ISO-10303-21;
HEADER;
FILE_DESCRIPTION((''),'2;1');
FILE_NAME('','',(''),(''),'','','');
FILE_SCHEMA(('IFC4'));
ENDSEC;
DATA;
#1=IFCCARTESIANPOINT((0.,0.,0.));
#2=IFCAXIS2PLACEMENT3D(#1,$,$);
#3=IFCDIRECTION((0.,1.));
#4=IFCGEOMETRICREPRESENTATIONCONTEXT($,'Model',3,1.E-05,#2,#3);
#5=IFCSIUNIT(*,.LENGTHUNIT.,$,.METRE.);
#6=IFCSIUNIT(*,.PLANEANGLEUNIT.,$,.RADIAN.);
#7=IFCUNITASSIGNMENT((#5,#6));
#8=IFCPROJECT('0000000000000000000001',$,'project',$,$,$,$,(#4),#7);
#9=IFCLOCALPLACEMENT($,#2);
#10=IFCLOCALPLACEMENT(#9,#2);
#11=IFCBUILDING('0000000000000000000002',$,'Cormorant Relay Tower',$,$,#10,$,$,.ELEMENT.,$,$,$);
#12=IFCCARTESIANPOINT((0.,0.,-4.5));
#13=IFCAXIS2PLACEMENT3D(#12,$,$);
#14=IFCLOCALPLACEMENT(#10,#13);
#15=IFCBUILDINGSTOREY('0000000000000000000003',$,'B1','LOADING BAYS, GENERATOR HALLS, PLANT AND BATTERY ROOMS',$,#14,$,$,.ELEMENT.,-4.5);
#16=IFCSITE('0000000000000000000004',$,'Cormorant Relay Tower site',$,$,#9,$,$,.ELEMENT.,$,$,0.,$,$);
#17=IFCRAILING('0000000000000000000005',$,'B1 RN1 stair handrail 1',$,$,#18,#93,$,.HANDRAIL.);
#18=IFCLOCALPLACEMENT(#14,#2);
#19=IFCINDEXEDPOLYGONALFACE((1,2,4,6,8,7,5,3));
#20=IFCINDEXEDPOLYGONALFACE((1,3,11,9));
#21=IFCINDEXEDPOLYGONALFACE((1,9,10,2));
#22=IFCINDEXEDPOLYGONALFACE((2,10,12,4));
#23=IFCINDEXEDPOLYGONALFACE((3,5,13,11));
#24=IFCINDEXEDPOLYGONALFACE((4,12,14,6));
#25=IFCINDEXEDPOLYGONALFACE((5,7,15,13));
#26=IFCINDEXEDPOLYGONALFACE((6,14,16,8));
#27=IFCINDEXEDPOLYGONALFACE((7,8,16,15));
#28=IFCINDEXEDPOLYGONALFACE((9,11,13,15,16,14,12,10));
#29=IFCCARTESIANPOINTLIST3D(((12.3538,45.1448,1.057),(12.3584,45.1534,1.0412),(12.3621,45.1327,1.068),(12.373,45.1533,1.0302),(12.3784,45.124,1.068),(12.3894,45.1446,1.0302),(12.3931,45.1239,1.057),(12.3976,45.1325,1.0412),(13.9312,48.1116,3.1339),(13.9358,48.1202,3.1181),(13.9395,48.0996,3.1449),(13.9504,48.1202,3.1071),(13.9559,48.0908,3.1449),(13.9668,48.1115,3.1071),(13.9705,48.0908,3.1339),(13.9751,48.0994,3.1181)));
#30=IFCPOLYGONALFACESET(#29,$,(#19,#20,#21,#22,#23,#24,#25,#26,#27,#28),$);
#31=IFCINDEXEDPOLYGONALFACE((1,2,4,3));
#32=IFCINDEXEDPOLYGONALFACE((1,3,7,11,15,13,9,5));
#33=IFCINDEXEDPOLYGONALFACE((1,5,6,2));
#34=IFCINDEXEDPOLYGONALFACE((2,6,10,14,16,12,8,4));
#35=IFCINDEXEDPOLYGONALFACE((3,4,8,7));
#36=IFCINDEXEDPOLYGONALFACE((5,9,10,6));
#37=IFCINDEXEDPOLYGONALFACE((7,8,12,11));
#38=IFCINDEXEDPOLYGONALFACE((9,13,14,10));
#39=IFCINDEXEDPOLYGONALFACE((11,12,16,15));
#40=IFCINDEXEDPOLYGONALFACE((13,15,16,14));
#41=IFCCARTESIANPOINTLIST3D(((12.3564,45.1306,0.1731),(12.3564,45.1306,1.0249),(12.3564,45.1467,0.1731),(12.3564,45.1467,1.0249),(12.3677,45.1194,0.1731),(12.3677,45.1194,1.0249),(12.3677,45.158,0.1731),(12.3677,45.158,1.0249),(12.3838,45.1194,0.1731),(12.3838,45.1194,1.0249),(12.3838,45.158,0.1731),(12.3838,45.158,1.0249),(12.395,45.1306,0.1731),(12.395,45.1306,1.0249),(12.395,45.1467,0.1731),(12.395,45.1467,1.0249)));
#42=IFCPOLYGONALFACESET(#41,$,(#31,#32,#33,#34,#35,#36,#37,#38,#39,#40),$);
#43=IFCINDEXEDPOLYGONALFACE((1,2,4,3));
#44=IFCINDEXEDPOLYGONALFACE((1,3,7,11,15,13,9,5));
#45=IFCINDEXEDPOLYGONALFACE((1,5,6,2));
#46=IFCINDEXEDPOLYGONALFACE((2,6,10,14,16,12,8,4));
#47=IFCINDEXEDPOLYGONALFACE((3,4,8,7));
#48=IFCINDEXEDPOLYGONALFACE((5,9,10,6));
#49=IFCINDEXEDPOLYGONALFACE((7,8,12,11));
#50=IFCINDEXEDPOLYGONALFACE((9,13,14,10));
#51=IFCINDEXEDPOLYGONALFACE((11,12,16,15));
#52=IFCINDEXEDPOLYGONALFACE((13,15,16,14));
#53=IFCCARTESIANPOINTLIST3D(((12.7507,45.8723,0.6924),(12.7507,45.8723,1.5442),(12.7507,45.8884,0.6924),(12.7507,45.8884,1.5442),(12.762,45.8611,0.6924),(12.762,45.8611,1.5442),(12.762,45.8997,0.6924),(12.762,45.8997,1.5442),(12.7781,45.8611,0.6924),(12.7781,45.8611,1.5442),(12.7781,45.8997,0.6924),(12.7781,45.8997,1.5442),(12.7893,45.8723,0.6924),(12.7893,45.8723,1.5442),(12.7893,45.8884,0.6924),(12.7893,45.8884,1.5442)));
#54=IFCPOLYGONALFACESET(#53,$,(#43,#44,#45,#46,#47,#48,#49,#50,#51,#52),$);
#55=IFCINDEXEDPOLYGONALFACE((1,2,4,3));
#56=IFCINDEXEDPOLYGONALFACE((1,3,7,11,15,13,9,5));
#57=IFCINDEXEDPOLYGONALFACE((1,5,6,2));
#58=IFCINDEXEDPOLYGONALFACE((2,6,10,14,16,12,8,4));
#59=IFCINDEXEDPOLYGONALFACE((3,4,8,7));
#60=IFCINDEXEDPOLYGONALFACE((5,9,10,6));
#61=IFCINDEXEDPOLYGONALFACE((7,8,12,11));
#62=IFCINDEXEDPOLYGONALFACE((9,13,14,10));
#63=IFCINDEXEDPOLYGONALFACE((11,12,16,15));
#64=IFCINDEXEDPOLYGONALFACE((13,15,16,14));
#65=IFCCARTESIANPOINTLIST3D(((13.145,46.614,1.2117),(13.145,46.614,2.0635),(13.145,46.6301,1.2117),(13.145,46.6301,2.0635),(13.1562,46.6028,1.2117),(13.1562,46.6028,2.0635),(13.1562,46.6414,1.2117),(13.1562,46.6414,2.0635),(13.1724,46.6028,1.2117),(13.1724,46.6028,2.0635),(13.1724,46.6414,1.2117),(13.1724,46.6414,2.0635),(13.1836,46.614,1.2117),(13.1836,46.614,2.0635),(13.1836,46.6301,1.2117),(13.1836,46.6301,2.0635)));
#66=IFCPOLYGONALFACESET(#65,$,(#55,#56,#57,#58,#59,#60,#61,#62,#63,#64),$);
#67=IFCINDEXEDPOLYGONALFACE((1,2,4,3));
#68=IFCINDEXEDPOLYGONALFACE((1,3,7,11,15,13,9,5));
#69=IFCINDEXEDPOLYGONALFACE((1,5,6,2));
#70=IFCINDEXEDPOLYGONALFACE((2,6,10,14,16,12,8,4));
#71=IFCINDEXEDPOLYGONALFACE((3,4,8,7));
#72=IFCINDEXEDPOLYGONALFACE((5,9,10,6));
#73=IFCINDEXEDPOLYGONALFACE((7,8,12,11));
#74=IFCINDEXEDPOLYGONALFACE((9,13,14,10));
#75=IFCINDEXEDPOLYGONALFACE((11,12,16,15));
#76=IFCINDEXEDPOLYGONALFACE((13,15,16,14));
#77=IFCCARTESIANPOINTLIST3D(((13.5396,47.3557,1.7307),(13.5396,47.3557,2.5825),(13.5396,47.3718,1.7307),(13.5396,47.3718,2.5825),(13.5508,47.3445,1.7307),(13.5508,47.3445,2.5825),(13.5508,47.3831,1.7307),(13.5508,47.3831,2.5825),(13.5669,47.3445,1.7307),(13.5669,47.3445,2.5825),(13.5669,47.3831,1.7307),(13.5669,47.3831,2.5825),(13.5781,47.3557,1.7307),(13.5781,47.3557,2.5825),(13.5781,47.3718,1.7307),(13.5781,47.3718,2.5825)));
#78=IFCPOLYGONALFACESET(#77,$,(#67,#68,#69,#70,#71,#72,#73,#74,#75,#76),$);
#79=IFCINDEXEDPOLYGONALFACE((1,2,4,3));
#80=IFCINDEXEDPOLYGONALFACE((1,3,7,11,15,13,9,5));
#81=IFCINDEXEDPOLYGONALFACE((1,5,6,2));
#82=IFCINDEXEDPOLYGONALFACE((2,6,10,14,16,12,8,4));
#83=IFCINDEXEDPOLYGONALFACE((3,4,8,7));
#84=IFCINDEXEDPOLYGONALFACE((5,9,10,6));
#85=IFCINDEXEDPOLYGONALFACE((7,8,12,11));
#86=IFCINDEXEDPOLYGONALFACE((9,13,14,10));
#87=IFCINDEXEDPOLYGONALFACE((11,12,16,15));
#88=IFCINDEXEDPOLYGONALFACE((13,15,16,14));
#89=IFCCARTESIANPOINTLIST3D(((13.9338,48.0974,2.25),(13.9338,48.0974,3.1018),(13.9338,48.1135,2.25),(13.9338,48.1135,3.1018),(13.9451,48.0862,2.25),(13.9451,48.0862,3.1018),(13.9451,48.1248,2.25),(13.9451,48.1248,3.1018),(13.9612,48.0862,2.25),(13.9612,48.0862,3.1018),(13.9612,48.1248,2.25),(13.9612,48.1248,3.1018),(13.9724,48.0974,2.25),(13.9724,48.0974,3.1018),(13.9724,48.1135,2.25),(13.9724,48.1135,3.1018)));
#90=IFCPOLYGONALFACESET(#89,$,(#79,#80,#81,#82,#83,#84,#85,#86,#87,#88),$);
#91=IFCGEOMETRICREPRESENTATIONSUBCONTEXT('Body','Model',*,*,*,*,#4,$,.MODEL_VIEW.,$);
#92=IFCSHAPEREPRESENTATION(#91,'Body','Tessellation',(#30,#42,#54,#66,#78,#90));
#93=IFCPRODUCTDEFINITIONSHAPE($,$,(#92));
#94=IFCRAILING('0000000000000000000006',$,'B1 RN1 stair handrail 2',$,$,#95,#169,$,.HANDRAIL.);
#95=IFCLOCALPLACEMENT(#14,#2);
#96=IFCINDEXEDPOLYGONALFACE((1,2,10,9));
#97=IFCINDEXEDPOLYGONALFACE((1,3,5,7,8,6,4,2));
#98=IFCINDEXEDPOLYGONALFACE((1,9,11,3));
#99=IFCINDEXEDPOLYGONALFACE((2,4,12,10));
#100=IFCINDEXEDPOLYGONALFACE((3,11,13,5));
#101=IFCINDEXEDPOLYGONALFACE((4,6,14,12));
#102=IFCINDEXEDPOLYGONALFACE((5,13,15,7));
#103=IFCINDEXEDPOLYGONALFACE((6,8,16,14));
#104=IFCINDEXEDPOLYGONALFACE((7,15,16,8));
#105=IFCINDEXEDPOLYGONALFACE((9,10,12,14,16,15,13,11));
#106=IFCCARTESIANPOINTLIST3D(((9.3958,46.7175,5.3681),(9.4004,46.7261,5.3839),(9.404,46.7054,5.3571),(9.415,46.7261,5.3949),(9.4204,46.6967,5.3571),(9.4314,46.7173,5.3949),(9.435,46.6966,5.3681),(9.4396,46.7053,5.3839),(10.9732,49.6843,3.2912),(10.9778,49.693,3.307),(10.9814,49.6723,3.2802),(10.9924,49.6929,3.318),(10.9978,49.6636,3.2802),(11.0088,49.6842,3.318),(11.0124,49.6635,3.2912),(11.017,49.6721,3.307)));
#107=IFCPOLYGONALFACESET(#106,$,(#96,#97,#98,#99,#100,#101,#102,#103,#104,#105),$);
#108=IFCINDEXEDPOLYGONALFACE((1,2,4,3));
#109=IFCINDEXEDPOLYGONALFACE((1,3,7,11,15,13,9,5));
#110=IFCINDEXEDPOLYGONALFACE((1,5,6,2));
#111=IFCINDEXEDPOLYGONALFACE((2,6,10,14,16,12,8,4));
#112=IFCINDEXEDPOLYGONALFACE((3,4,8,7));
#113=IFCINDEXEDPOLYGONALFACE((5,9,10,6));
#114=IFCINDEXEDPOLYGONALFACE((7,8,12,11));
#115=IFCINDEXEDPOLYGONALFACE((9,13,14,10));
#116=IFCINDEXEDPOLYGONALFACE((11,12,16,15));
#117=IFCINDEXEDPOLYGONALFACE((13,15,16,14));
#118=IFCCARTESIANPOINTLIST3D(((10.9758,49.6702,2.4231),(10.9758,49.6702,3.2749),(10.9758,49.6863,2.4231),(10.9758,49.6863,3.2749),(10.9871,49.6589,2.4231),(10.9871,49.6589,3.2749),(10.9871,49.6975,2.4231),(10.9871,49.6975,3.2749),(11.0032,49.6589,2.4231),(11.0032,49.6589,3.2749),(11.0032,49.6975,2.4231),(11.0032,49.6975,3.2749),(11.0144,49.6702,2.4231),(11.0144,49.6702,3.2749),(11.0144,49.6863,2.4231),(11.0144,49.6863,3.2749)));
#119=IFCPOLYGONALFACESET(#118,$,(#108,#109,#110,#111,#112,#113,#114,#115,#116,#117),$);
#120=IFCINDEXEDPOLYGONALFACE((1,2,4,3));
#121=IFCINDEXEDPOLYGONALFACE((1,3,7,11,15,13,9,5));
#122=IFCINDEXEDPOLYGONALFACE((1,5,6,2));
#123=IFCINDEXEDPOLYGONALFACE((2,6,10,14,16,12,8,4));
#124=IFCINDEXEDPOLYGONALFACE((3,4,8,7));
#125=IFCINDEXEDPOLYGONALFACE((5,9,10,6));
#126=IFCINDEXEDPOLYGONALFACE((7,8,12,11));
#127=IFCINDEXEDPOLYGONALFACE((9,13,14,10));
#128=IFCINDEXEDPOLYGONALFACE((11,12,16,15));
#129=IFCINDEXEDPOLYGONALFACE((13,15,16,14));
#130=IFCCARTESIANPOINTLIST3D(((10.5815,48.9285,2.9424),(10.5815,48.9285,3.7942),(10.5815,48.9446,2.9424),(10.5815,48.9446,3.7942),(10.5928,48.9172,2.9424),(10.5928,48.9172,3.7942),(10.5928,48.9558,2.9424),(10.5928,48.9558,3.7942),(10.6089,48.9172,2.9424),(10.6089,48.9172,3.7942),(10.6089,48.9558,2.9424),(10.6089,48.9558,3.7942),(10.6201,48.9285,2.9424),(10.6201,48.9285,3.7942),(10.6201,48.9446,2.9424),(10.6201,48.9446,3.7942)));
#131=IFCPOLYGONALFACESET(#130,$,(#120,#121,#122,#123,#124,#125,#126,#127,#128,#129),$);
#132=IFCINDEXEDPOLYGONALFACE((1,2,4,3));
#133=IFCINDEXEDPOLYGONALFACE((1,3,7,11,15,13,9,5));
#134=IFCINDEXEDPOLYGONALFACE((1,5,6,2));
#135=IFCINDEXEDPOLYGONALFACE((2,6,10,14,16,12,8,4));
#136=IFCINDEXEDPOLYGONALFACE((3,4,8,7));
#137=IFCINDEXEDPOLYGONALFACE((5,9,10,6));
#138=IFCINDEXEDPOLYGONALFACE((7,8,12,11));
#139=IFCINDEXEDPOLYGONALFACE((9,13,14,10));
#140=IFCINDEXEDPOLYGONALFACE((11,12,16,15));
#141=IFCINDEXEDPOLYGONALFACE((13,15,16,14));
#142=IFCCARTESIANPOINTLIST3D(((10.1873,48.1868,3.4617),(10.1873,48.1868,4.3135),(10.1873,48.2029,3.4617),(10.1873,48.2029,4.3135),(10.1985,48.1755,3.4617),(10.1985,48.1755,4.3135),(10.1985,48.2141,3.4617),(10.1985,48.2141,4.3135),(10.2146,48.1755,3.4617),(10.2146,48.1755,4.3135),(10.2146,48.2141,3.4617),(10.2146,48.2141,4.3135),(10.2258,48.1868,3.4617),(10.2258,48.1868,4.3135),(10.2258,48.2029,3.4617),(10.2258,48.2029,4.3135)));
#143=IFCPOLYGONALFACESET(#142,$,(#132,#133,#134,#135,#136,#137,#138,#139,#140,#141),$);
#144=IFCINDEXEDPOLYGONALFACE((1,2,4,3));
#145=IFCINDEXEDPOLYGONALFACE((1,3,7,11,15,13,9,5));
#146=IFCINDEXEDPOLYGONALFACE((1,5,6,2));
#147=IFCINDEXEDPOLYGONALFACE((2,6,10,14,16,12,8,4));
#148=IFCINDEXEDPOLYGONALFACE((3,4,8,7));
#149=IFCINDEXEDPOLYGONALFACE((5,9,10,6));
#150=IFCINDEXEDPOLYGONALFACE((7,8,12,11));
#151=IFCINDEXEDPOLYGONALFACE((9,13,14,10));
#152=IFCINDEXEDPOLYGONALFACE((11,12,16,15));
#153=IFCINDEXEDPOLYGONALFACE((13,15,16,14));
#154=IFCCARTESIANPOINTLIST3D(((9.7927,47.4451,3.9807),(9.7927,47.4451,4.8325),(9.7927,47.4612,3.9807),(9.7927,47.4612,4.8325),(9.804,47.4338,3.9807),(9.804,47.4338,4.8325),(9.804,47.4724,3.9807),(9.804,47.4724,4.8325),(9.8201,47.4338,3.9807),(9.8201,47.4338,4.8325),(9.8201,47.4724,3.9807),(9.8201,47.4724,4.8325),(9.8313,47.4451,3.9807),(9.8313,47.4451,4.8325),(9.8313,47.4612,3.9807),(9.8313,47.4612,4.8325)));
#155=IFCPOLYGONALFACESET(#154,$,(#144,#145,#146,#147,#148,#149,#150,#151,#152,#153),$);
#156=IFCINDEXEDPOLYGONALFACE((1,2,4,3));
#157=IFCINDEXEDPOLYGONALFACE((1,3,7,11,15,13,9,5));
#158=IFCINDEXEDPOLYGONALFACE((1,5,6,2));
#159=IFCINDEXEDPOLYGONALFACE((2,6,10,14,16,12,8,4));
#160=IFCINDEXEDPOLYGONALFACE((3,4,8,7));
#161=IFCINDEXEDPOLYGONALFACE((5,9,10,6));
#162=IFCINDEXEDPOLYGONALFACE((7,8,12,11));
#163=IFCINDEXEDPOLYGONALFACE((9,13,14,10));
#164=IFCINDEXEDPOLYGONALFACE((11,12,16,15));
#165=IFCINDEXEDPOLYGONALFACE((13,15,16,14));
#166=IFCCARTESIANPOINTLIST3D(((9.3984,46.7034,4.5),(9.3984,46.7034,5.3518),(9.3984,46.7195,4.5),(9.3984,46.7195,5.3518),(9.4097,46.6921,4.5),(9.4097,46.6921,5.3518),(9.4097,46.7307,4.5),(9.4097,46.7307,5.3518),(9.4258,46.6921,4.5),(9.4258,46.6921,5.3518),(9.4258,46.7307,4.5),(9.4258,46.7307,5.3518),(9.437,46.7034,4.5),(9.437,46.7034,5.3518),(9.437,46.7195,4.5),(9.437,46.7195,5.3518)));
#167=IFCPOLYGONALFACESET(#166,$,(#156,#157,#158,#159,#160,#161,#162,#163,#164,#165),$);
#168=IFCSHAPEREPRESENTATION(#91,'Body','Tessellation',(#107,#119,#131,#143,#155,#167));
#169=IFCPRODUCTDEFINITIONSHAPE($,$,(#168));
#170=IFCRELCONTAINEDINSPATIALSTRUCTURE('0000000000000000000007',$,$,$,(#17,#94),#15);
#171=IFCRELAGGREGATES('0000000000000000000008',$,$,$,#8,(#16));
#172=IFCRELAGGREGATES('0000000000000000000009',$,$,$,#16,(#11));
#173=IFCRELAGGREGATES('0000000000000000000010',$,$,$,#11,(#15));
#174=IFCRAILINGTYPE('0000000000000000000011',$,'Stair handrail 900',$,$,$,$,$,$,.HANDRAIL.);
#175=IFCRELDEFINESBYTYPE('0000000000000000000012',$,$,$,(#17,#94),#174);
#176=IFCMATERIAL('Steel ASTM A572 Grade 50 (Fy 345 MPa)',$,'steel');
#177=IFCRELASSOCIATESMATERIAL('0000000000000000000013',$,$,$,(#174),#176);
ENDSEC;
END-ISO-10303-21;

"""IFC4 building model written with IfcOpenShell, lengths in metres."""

from ifc_helpers import new_model, si_unit, direction, frame, origin, place, context, subcontext, project, spatial, polyline, outline, extrude, material, type_object, element, save


model = new_model("IFC4")

# Units and contexts
model_context = context("Model", 3, precision=1e-05, world=origin(), true_north=direction((0.0, 1.0)))
body_context = subcontext(model_context, "Body", "Model", "MODEL_VIEW")
ifc_project = project(units=[si_unit("LENGTHUNIT", "METRE"), si_unit("PLANEANGLEUNIT", "RADIAN")], contexts=[model_context])

# Site, building, storey
site_placement = place(None, origin())
site = spatial("IfcSite", under=ifc_project, at=site_placement, Name="Cormorant Relay Tower site", CompositionType="ELEMENT", RefElevation=0.0)
building_placement = place(site_placement, origin())
building = spatial("IfcBuilding", under=site, at=building_placement, Name="Cormorant Relay Tower", CompositionType="ELEMENT")
storey_placement = place(building_placement, frame((0.0, 0.0, -4.5)))
storey = spatial("IfcBuildingStorey", under=building, at=storey_placement, Name="B1", Description="LOADING BAYS, GENERATOR HALLS, PLANT AND BATTERY ROOMS", CompositionType="ELEMENT", Elevation=-4.5)

# Railings
ifc_material_1 = material(Name="Steel ASTM A572 Grade 50 (Fy 345 MPa)", Category="steel")
railing_type_1 = type_object("IfcRailingType", Name="Stair handrail 900", PredefinedType="HANDRAIL", material=ifc_material_1)
railing_1_placement = place(storey_placement, frame((12.3757, 45.1387, 0.1731)))
element("IfcRailing", 1, at=railing_1_placement, inside=storey, type_object=railing_type_1, Name="B1 RN1 stair handrail 1", PredefinedType="HANDRAIL", context=body_context, shape_type="SweptSolid", body=[
    extrude(outline(polyline([(0.0222, 0.0093), (0.0093, 0.0222), (-0.0093, 0.0222), (-0.0222, 0.0093), (-0.0222, -0.0093), (-0.0093, -0.0222), (0.0093, -0.0222), (0.0222, -0.0093), (0.0222, 0.0093)])), frame((0.0, 0.0, 0.876), z_axis=(0.399326, 0.751062, 0.52578), x_axis=(-0.882958, 0.469453, 0.0)), (0.0, 0.0, 1.0), 3.9502),
    extrude(outline(polyline([(0.0193, 0.0081), (0.0081, 0.0193), (-0.0081, 0.0193), (-0.0193, 0.0081), (-0.0193, -0.0081), (-0.0081, -0.0193), (0.0081, -0.0193), (0.0193, -0.0081), (0.0193, 0.0081)])), origin(), (0.0, 0.0, 1.0), 0.8518),
    extrude(outline(polyline([(0.0193, 0.0081), (0.0081, 0.0193), (-0.0081, 0.0193), (-0.0193, 0.0081), (-0.0193, -0.0081), (-0.0081, -0.0193), (0.0081, -0.0193), (0.0193, -0.0081), (0.0193, 0.0081)])), frame((0.3943, 0.7417, 0.5193)), (0.0, 0.0, 1.0), 0.8518),
    extrude(outline(polyline([(0.0193, 0.0081), (0.0081, 0.0193), (-0.0081, 0.0193), (-0.0193, 0.0081), (-0.0193, -0.0081), (-0.0081, -0.0193), (0.0081, -0.0193), (0.0193, -0.0081), (0.0193, 0.0081)])), frame((0.7886, 1.4834, 1.0386)), (0.0, 0.0, 1.0), 0.8518),
    extrude(outline(polyline([(0.0193, 0.0081), (0.0081, 0.0193), (-0.0081, 0.0193), (-0.0193, 0.0081), (-0.0193, -0.0081), (-0.0081, -0.0193), (0.0081, -0.0193), (0.0193, -0.0081), (0.0193, 0.0081)])), frame((1.1831, 2.2251, 1.5576)), (0.0, 0.0, 1.0), 0.8518),
    extrude(outline(polyline([(0.0193, 0.0081), (0.0081, 0.0193), (-0.0081, 0.0193), (-0.0193, 0.0081), (-0.0193, -0.0081), (-0.0081, -0.0193), (0.0081, -0.0193), (0.0193, -0.0081), (0.0193, 0.0081)])), frame((1.5774, 2.9668, 2.0769)), (0.0, 0.0, 1.0), 0.8518),
])
railing_2_placement = place(storey_placement, frame((10.9951, 49.6782, 2.4231)))
element("IfcRailing", 2, at=railing_2_placement, inside=storey, type_object=railing_type_1, Name="B1 RN1 stair handrail 2", PredefinedType="HANDRAIL", context=body_context, shape_type="SweptSolid", body=[
    extrude(outline(polyline([(0.0222, 0.0093), (0.0093, 0.0222), (-0.0093, 0.0222), (-0.0222, 0.0093), (-0.0222, -0.0093), (-0.0093, -0.0222), (0.0093, -0.0222), (0.0222, -0.0093), (0.0222, 0.0093)])), frame((0.0, 0.0, 0.876), z_axis=(-0.399326, -0.751062, 0.52578), x_axis=(0.882958, -0.469453, 0.0)), (0.0, 0.0, 1.0), 3.9502),
    extrude(outline(polyline([(0.0193, 0.0081), (0.0081, 0.0193), (-0.0081, 0.0193), (-0.0193, 0.0081), (-0.0193, -0.0081), (-0.0081, -0.0193), (0.0081, -0.0193), (0.0193, -0.0081), (0.0193, 0.0081)])), origin(), (0.0, 0.0, 1.0), 0.8518),
    extrude(outline(polyline([(0.0193, 0.0081), (0.0081, 0.0193), (-0.0081, 0.0193), (-0.0193, 0.0081), (-0.0193, -0.0081), (-0.0081, -0.0193), (0.0081, -0.0193), (0.0193, -0.0081), (0.0193, 0.0081)])), frame((-0.3943, -0.7417, 0.5193)), (0.0, 0.0, 1.0), 0.8518),
    extrude(outline(polyline([(0.0193, 0.0081), (0.0081, 0.0193), (-0.0081, 0.0193), (-0.0193, 0.0081), (-0.0193, -0.0081), (-0.0081, -0.0193), (0.0081, -0.0193), (0.0193, -0.0081), (0.0193, 0.0081)])), frame((-0.7886, -1.4834, 1.0386)), (0.0, 0.0, 1.0), 0.8518),
    extrude(outline(polyline([(0.0193, 0.0081), (0.0081, 0.0193), (-0.0081, 0.0193), (-0.0193, 0.0081), (-0.0193, -0.0081), (-0.0081, -0.0193), (0.0081, -0.0193), (0.0193, -0.0081), (0.0193, 0.0081)])), frame((-1.1831, -2.2251, 1.5576)), (0.0, 0.0, 1.0), 0.8518),
    extrude(outline(polyline([(0.0193, 0.0081), (0.0081, 0.0193), (-0.0081, 0.0193), (-0.0193, 0.0081), (-0.0193, -0.0081), (-0.0081, -0.0193), (0.0081, -0.0193), (0.0193, -0.0081), (0.0193, 0.0081)])), frame((-1.5774, -2.9668, 2.0769)), (0.0, 0.0, 1.0), 0.8518),
])

save(model, "model.ifc")
